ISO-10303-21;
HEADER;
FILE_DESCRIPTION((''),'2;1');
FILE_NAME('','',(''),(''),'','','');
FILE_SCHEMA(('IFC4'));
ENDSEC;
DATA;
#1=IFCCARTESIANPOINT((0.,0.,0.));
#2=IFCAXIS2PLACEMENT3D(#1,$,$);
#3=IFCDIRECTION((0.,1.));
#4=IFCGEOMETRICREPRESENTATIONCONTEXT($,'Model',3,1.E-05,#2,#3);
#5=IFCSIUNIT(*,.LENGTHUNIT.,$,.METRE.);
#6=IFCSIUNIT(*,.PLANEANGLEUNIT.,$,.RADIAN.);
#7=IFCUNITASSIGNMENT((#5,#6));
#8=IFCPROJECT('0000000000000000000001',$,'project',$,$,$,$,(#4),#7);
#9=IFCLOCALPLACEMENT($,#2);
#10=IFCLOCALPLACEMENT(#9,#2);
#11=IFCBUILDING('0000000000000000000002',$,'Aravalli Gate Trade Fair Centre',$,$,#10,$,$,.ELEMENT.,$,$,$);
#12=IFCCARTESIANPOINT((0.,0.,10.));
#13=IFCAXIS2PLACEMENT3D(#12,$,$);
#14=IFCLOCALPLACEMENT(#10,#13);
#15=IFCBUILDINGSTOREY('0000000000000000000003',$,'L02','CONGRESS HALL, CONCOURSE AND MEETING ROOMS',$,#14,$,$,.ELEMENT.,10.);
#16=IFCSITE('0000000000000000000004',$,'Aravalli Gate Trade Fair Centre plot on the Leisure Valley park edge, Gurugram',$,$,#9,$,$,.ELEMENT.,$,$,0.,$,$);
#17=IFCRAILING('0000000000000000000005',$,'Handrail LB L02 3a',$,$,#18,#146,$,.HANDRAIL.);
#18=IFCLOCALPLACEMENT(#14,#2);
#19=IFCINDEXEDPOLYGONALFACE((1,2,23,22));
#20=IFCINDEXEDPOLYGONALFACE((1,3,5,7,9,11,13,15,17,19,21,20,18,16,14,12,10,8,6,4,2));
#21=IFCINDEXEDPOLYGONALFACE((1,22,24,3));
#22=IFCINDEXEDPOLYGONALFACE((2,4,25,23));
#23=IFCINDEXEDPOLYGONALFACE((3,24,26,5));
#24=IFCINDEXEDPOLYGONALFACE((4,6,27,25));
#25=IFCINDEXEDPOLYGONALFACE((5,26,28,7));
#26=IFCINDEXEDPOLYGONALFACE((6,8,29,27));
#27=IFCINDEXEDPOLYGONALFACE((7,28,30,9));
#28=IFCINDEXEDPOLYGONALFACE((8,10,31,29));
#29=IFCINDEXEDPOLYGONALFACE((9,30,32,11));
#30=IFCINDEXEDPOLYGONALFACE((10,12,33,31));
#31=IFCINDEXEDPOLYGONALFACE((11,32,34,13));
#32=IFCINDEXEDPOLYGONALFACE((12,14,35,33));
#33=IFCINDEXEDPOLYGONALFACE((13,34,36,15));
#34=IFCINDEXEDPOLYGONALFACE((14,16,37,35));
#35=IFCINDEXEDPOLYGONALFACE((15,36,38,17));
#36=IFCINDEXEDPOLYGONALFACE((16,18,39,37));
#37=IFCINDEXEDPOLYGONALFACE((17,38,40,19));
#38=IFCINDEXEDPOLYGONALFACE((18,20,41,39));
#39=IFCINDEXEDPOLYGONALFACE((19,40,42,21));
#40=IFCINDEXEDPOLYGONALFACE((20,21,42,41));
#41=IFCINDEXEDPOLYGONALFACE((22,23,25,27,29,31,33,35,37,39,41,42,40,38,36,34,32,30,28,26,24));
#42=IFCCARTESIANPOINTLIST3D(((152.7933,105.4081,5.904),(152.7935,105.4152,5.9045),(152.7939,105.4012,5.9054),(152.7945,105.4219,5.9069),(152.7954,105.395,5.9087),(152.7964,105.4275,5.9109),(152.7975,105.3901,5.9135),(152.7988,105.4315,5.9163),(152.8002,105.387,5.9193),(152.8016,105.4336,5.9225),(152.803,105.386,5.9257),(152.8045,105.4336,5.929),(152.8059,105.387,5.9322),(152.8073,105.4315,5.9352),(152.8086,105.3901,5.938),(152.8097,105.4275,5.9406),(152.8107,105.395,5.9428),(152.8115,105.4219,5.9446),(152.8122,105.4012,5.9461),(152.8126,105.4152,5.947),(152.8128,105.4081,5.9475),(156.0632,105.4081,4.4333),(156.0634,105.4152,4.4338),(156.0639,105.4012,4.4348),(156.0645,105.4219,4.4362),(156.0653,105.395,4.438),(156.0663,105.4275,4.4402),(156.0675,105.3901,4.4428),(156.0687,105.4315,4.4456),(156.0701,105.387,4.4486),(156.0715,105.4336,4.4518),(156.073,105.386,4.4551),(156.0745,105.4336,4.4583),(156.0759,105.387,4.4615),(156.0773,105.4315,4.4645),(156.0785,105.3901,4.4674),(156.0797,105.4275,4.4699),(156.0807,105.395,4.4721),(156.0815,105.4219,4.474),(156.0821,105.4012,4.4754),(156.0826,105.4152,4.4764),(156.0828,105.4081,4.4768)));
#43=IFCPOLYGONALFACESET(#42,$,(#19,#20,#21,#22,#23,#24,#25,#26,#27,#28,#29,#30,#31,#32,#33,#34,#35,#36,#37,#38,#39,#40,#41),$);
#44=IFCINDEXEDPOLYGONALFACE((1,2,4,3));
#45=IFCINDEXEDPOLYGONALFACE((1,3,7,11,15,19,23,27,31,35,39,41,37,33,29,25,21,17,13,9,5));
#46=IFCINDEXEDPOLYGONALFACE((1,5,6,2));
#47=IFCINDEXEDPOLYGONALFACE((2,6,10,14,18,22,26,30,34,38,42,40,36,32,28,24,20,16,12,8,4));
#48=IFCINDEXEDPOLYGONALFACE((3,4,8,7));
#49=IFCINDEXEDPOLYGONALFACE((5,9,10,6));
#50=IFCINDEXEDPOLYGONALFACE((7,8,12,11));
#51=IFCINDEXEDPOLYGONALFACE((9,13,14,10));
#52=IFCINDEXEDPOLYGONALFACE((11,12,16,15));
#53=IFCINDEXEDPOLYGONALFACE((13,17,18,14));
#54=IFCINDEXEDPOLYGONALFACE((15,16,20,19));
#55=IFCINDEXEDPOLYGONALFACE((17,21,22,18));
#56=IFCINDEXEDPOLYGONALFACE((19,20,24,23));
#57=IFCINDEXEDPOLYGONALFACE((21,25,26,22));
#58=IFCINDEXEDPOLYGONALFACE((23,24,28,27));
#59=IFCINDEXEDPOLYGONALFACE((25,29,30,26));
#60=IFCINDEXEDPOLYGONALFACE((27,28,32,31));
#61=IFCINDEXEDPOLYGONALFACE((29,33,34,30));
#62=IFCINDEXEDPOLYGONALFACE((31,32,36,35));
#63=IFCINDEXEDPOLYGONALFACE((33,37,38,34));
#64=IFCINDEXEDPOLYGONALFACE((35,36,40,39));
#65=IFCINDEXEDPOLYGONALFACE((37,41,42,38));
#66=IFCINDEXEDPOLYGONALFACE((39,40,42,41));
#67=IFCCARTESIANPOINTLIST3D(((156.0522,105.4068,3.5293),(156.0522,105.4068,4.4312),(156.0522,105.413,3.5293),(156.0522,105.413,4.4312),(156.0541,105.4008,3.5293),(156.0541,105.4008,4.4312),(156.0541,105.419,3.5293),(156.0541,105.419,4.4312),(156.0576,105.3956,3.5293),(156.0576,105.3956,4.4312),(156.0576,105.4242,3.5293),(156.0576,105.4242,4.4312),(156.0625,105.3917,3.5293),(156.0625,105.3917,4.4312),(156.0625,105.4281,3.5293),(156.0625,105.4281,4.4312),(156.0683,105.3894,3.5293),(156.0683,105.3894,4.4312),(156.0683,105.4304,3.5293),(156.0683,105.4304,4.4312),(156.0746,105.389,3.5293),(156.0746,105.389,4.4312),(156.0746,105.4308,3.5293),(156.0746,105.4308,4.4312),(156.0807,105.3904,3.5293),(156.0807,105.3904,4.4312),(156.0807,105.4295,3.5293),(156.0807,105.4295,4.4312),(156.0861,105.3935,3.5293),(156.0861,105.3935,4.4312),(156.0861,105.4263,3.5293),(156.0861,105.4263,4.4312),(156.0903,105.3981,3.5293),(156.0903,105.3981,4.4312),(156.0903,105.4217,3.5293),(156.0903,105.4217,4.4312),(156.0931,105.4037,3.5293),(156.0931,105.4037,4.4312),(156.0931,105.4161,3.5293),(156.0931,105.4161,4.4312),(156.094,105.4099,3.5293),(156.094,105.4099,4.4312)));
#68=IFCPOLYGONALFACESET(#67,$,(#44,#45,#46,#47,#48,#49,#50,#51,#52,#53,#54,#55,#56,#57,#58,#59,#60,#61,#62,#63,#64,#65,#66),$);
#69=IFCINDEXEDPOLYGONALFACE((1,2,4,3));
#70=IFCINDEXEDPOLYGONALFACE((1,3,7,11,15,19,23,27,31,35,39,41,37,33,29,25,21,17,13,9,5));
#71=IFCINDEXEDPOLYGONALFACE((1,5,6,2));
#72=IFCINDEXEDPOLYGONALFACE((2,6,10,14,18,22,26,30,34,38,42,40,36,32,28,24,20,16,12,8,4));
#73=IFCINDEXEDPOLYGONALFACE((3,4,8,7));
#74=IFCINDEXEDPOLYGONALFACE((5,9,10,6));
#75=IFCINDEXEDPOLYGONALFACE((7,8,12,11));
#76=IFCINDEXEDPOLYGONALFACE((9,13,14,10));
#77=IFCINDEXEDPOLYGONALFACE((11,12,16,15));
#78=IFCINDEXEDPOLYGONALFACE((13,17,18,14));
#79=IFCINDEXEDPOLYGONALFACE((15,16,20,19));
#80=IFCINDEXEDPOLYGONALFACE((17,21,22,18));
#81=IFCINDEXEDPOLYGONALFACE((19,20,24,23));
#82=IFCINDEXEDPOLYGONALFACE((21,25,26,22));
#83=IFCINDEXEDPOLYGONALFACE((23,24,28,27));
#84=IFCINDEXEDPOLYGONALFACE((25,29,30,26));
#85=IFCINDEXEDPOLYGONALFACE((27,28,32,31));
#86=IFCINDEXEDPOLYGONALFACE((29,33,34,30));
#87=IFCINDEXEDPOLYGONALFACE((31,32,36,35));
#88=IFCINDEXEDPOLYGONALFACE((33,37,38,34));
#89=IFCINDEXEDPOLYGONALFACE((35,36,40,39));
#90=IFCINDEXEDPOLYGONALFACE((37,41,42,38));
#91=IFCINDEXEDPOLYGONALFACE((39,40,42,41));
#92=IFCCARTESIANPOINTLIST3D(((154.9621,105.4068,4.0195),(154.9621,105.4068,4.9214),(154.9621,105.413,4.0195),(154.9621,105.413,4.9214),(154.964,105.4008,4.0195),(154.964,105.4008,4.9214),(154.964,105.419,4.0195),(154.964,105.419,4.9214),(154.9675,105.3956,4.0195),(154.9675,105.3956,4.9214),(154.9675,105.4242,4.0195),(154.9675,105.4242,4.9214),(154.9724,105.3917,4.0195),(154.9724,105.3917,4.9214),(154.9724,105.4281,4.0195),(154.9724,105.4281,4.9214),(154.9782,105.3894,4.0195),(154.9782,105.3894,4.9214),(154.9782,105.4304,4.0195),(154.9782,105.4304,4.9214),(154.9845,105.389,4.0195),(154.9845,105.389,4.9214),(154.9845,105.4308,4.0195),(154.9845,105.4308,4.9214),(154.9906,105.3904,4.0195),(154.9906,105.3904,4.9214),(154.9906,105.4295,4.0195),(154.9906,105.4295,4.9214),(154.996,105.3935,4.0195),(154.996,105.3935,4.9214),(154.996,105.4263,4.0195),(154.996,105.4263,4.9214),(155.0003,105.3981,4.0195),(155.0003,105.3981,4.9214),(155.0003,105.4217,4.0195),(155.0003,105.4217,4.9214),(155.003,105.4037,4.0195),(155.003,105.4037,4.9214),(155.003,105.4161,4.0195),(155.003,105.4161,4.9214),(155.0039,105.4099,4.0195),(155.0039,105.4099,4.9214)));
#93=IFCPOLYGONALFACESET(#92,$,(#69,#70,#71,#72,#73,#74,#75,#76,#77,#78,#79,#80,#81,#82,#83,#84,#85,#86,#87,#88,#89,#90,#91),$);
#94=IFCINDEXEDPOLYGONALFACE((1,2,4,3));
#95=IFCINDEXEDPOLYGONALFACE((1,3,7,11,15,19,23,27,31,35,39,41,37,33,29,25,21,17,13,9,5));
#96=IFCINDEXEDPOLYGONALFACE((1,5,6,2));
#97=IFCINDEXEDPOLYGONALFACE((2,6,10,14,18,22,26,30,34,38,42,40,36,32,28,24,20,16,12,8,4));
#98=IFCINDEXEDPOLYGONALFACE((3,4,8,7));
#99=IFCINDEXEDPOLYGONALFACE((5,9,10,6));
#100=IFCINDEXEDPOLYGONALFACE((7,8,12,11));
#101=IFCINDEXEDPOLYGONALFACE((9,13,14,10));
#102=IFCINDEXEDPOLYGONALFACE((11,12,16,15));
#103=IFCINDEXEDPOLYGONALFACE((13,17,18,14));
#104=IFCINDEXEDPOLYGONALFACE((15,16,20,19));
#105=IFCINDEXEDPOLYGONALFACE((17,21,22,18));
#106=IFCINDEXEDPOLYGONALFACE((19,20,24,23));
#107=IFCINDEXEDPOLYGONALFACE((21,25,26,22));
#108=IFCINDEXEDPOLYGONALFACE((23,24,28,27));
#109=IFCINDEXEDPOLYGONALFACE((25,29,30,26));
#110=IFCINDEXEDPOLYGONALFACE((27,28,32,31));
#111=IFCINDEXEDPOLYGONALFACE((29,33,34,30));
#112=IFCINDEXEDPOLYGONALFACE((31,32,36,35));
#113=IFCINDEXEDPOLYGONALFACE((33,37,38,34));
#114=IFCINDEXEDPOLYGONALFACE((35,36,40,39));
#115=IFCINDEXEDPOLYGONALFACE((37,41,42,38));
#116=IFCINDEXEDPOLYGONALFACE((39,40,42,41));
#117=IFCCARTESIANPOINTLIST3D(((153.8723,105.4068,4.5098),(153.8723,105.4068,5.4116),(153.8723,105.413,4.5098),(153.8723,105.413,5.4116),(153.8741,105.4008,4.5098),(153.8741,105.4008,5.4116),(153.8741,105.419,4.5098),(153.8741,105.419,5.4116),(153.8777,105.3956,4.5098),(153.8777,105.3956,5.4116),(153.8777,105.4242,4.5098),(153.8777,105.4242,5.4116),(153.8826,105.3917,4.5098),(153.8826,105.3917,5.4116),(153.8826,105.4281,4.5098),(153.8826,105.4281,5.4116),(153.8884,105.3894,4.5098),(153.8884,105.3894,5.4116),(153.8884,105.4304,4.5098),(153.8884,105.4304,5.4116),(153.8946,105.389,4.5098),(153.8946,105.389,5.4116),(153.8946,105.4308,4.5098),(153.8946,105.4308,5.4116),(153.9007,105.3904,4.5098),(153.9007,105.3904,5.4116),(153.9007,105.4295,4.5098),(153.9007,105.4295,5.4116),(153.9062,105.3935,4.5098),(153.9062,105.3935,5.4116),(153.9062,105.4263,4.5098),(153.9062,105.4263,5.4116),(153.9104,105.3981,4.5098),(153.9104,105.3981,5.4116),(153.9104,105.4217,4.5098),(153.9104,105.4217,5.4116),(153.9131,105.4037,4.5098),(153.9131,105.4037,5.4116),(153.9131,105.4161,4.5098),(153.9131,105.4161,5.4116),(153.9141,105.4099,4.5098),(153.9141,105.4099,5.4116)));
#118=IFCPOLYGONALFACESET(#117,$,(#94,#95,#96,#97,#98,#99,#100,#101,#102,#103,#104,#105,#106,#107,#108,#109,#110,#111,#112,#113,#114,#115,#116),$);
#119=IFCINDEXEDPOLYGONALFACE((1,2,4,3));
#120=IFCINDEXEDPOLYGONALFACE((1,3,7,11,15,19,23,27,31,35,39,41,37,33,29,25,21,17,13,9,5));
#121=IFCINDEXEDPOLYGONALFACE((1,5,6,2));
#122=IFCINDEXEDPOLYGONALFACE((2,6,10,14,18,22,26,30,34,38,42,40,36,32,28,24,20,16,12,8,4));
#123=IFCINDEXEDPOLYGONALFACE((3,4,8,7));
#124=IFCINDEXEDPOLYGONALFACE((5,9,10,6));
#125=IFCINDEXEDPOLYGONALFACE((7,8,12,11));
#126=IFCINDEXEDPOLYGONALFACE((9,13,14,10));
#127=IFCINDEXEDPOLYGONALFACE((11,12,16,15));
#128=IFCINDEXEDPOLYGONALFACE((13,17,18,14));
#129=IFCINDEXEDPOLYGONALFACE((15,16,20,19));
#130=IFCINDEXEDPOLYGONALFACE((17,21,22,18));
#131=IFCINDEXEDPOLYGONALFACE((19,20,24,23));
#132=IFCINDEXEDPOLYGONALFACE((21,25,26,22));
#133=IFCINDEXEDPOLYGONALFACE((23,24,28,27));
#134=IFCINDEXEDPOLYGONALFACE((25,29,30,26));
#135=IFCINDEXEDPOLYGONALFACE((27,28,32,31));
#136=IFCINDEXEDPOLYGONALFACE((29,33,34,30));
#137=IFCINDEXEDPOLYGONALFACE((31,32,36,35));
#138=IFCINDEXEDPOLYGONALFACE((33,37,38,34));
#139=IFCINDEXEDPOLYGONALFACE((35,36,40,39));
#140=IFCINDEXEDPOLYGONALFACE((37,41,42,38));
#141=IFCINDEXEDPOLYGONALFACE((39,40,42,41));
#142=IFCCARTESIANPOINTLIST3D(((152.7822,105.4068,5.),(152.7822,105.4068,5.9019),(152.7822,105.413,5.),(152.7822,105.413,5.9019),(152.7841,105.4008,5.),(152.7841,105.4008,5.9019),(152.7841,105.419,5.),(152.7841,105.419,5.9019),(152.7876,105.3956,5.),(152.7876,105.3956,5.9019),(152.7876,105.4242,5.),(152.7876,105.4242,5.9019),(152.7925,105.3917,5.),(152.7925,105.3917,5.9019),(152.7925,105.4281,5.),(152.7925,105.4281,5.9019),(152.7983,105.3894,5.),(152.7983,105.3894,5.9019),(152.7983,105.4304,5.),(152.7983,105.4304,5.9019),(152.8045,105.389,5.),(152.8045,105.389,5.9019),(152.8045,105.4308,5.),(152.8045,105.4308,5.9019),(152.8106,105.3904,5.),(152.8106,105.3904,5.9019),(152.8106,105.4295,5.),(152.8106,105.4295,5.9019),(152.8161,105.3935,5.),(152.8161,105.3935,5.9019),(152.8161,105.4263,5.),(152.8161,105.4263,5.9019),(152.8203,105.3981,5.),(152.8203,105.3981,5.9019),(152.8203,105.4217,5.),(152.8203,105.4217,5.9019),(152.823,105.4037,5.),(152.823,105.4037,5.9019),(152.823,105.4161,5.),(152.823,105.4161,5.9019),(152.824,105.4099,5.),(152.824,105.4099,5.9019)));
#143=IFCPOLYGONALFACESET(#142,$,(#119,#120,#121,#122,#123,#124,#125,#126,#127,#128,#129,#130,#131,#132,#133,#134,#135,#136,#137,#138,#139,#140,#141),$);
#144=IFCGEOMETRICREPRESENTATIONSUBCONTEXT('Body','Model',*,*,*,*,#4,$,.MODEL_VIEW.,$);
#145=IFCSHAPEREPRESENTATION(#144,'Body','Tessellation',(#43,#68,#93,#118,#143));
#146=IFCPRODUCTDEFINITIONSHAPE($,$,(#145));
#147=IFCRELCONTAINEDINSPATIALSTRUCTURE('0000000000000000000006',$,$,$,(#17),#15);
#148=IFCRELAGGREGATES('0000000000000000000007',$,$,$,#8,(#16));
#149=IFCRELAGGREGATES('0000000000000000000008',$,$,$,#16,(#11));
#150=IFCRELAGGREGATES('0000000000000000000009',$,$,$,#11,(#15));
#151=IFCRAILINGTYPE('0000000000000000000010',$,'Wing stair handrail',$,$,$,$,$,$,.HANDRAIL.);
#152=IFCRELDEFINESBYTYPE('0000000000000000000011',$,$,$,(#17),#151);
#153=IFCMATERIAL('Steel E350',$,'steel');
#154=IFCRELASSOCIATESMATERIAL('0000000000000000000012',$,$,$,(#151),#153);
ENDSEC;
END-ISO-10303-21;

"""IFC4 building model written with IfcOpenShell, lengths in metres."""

from ifc_helpers import new_model, si_unit, direction, frame, origin, origin_2d, place, context, subcontext, project, spatial, circle, extrude, material, type_object, element, save


model = new_model("IFC4")

# Units and contexts
model_context = context("Model", 3, precision=1e-05, world=origin(), true_north=direction((0.0, 1.0)))
body_context = subcontext(model_context, "Body", "Model", "MODEL_VIEW")
ifc_project = project(units=[si_unit("LENGTHUNIT", "METRE"), si_unit("PLANEANGLEUNIT", "RADIAN")], contexts=[model_context])

# Site, building, storey
site_placement = place(None, origin())
site = spatial("IfcSite", under=ifc_project, at=site_placement, Name="Aravalli Gate Trade Fair Centre plot on the Leisure Valley park edge, Gurugram", CompositionType="ELEMENT", RefElevation=0.0)
building_placement = place(site_placement, origin())
building = spatial("IfcBuilding", under=site, at=building_placement, Name="Aravalli Gate Trade Fair Centre", CompositionType="ELEMENT")
storey_placement = place(building_placement, frame((0.0, 0.0, 10.0)))
storey = spatial("IfcBuildingStorey", under=building, at=storey_placement, Name="L02", Description="CONGRESS HALL, CONCOURSE AND MEETING ROOMS", CompositionType="ELEMENT", Elevation=10.0)

# Shared definitions
ifc_material_1 = material(Name="Steel E350", Category="steel")

# Railing
railing_type_1 = type_object("IfcRailingType", Name="Wing stair handrail", PredefinedType="HANDRAIL", material=ifc_material_1)
railing_1_placement = place(storey_placement, frame((156.073, 105.4099, 3.5293)))
element("IfcRailing", 1, at=railing_1_placement, inside=storey, type_object=railing_type_1, Name="Handrail LB L02 3a", PredefinedType="HANDRAIL", context=body_context, shape_type="SweptSolid", body=[
    extrude(circle(Radius=0.0239, at=origin_2d()), frame((0.0, 0.0, 0.9258), z_axis=(-0.912006, 0.0, 0.410178), x_axis=(0.0, -1.0, 0.0)), (0.0, 0.0, 1.0), 3.5854),
    extrude(circle(Radius=0.021, at=origin_2d()), origin(), (0.0, 0.0, 1.0), 0.9019),
    extrude(circle(Radius=0.021, at=origin_2d()), frame((-1.0901, 0.0, 0.4902)), (0.0, 0.0, 1.0), 0.9019),
    extrude(circle(Radius=0.021, at=origin_2d()), frame((-2.1799, 0.0, 0.9805)), (0.0, 0.0, 1.0), 0.9019),
    extrude(circle(Radius=0.021, at=origin_2d()), frame((-3.27, 0.0, 1.4707)), (0.0, 0.0, 1.0), 0.9019),
])

save(model, "model.ifc")
